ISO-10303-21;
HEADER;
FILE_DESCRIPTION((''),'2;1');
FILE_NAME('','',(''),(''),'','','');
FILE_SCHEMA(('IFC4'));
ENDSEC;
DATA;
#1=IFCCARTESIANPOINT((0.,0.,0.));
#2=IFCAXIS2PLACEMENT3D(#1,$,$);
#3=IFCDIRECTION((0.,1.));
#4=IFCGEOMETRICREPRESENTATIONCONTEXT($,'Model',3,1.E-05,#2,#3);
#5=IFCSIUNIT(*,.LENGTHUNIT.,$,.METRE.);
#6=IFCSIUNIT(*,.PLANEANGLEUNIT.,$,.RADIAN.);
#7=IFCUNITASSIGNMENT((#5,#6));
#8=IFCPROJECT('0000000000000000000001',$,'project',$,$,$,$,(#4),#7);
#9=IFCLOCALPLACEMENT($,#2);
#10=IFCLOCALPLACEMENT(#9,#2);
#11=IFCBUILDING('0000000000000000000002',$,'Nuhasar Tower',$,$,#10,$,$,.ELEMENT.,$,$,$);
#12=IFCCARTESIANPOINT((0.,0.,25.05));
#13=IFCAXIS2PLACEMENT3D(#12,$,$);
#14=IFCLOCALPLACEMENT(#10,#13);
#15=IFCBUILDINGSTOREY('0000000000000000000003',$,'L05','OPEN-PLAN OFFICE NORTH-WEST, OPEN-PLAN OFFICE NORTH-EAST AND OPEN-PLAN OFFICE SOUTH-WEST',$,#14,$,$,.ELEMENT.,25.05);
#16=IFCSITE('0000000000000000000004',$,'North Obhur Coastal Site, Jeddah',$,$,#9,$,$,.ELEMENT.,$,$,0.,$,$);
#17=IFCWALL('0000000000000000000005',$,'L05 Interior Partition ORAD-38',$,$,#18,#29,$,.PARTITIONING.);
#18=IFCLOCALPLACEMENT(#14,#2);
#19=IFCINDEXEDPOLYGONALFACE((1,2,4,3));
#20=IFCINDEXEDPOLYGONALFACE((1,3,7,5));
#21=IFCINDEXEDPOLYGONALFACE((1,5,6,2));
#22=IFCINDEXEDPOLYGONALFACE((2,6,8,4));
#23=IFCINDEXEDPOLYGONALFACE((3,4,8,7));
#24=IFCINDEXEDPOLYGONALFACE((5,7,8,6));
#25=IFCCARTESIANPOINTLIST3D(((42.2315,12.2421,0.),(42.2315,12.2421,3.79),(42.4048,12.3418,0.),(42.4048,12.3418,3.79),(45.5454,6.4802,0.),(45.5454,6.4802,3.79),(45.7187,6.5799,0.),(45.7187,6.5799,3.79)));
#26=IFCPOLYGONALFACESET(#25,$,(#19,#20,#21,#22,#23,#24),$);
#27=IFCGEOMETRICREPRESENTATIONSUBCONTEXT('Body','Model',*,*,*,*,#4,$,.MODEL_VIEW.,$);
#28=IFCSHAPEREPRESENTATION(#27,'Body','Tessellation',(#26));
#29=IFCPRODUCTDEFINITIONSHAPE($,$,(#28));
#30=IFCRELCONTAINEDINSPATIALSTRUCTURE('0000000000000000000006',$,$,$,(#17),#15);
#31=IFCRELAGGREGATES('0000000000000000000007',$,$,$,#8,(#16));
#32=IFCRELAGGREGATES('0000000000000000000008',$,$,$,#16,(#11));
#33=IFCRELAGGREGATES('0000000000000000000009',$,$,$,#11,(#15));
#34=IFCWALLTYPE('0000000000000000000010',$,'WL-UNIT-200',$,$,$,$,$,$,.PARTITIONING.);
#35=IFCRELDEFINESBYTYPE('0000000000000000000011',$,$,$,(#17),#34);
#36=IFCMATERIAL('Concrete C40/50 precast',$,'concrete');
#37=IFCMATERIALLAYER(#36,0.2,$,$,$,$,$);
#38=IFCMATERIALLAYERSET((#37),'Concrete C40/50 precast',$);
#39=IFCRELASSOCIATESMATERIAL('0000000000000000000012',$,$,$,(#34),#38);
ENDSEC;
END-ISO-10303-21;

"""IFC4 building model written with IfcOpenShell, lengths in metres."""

from ifc_helpers import new_model, si_unit, direction, frame, frame_2d, origin, place, context, subcontext, project, spatial, rectangle, extrude, material, layer, layer_set, type_object, element, save


model = new_model("IFC4")

# Units and contexts
model_context = context("Model", 3, precision=1e-05, world=origin(), true_north=direction((0.0, 1.0)))
body_context = subcontext(model_context, "Body", "Model", "MODEL_VIEW")
ifc_project = project(units=[si_unit("LENGTHUNIT", "METRE"), si_unit("PLANEANGLEUNIT", "RADIAN")], contexts=[model_context])

# Site, building, storey
site_placement = place(None, origin())
site = spatial("IfcSite", under=ifc_project, at=site_placement, Name="North Obhur Coastal Site, Jeddah", CompositionType="ELEMENT", RefElevation=0.0)
building_placement = place(site_placement, origin())
building = spatial("IfcBuilding", under=site, at=building_placement, Name="Nuhasar Tower", CompositionType="ELEMENT")
storey_placement = place(building_placement, frame((0.0, 0.0, 25.05)))
storey = spatial("IfcBuildingStorey", under=building, at=storey_placement, Name="L05", Description="OPEN-PLAN OFFICE NORTH-WEST, OPEN-PLAN OFFICE NORTH-EAST AND OPEN-PLAN OFFICE SOUTH-WEST", CompositionType="ELEMENT", Elevation=25.05)

# Wall
ifc_material_1 = material(Name="Concrete C40/50 precast", Category="concrete")
ifc_layer_1 = layer(ifc_material_1, 0.2)
ifc_layer_set_1 = layer_set([ifc_layer_1], Name="Concrete C40/50 precast")
wall_type_1 = type_object("IfcWallType", Name="WL-UNIT-200", PredefinedType="PARTITIONING", material=ifc_layer_set_1)
wall_1_placement = place(storey_placement, frame((42.3181, 12.292, 0.0), z_axis=(0.0, 0.0, 1.0), x_axis=(0.498566, -0.866852, 0.0)))
element("IfcWall", 1, at=wall_1_placement, inside=storey, type_object=wall_type_1, Name="L05 Interior Partition ORAD-38", PredefinedType="PARTITIONING", context=body_context, shape_type="SweptSolid", body=[
    extrude(rectangle(XDim=6.647, YDim=0.2, at=frame_2d((3.3235, 0.0))), origin(), (0.0, 0.0, 1.0), 3.79),
])

save(model, "model.ifc")
